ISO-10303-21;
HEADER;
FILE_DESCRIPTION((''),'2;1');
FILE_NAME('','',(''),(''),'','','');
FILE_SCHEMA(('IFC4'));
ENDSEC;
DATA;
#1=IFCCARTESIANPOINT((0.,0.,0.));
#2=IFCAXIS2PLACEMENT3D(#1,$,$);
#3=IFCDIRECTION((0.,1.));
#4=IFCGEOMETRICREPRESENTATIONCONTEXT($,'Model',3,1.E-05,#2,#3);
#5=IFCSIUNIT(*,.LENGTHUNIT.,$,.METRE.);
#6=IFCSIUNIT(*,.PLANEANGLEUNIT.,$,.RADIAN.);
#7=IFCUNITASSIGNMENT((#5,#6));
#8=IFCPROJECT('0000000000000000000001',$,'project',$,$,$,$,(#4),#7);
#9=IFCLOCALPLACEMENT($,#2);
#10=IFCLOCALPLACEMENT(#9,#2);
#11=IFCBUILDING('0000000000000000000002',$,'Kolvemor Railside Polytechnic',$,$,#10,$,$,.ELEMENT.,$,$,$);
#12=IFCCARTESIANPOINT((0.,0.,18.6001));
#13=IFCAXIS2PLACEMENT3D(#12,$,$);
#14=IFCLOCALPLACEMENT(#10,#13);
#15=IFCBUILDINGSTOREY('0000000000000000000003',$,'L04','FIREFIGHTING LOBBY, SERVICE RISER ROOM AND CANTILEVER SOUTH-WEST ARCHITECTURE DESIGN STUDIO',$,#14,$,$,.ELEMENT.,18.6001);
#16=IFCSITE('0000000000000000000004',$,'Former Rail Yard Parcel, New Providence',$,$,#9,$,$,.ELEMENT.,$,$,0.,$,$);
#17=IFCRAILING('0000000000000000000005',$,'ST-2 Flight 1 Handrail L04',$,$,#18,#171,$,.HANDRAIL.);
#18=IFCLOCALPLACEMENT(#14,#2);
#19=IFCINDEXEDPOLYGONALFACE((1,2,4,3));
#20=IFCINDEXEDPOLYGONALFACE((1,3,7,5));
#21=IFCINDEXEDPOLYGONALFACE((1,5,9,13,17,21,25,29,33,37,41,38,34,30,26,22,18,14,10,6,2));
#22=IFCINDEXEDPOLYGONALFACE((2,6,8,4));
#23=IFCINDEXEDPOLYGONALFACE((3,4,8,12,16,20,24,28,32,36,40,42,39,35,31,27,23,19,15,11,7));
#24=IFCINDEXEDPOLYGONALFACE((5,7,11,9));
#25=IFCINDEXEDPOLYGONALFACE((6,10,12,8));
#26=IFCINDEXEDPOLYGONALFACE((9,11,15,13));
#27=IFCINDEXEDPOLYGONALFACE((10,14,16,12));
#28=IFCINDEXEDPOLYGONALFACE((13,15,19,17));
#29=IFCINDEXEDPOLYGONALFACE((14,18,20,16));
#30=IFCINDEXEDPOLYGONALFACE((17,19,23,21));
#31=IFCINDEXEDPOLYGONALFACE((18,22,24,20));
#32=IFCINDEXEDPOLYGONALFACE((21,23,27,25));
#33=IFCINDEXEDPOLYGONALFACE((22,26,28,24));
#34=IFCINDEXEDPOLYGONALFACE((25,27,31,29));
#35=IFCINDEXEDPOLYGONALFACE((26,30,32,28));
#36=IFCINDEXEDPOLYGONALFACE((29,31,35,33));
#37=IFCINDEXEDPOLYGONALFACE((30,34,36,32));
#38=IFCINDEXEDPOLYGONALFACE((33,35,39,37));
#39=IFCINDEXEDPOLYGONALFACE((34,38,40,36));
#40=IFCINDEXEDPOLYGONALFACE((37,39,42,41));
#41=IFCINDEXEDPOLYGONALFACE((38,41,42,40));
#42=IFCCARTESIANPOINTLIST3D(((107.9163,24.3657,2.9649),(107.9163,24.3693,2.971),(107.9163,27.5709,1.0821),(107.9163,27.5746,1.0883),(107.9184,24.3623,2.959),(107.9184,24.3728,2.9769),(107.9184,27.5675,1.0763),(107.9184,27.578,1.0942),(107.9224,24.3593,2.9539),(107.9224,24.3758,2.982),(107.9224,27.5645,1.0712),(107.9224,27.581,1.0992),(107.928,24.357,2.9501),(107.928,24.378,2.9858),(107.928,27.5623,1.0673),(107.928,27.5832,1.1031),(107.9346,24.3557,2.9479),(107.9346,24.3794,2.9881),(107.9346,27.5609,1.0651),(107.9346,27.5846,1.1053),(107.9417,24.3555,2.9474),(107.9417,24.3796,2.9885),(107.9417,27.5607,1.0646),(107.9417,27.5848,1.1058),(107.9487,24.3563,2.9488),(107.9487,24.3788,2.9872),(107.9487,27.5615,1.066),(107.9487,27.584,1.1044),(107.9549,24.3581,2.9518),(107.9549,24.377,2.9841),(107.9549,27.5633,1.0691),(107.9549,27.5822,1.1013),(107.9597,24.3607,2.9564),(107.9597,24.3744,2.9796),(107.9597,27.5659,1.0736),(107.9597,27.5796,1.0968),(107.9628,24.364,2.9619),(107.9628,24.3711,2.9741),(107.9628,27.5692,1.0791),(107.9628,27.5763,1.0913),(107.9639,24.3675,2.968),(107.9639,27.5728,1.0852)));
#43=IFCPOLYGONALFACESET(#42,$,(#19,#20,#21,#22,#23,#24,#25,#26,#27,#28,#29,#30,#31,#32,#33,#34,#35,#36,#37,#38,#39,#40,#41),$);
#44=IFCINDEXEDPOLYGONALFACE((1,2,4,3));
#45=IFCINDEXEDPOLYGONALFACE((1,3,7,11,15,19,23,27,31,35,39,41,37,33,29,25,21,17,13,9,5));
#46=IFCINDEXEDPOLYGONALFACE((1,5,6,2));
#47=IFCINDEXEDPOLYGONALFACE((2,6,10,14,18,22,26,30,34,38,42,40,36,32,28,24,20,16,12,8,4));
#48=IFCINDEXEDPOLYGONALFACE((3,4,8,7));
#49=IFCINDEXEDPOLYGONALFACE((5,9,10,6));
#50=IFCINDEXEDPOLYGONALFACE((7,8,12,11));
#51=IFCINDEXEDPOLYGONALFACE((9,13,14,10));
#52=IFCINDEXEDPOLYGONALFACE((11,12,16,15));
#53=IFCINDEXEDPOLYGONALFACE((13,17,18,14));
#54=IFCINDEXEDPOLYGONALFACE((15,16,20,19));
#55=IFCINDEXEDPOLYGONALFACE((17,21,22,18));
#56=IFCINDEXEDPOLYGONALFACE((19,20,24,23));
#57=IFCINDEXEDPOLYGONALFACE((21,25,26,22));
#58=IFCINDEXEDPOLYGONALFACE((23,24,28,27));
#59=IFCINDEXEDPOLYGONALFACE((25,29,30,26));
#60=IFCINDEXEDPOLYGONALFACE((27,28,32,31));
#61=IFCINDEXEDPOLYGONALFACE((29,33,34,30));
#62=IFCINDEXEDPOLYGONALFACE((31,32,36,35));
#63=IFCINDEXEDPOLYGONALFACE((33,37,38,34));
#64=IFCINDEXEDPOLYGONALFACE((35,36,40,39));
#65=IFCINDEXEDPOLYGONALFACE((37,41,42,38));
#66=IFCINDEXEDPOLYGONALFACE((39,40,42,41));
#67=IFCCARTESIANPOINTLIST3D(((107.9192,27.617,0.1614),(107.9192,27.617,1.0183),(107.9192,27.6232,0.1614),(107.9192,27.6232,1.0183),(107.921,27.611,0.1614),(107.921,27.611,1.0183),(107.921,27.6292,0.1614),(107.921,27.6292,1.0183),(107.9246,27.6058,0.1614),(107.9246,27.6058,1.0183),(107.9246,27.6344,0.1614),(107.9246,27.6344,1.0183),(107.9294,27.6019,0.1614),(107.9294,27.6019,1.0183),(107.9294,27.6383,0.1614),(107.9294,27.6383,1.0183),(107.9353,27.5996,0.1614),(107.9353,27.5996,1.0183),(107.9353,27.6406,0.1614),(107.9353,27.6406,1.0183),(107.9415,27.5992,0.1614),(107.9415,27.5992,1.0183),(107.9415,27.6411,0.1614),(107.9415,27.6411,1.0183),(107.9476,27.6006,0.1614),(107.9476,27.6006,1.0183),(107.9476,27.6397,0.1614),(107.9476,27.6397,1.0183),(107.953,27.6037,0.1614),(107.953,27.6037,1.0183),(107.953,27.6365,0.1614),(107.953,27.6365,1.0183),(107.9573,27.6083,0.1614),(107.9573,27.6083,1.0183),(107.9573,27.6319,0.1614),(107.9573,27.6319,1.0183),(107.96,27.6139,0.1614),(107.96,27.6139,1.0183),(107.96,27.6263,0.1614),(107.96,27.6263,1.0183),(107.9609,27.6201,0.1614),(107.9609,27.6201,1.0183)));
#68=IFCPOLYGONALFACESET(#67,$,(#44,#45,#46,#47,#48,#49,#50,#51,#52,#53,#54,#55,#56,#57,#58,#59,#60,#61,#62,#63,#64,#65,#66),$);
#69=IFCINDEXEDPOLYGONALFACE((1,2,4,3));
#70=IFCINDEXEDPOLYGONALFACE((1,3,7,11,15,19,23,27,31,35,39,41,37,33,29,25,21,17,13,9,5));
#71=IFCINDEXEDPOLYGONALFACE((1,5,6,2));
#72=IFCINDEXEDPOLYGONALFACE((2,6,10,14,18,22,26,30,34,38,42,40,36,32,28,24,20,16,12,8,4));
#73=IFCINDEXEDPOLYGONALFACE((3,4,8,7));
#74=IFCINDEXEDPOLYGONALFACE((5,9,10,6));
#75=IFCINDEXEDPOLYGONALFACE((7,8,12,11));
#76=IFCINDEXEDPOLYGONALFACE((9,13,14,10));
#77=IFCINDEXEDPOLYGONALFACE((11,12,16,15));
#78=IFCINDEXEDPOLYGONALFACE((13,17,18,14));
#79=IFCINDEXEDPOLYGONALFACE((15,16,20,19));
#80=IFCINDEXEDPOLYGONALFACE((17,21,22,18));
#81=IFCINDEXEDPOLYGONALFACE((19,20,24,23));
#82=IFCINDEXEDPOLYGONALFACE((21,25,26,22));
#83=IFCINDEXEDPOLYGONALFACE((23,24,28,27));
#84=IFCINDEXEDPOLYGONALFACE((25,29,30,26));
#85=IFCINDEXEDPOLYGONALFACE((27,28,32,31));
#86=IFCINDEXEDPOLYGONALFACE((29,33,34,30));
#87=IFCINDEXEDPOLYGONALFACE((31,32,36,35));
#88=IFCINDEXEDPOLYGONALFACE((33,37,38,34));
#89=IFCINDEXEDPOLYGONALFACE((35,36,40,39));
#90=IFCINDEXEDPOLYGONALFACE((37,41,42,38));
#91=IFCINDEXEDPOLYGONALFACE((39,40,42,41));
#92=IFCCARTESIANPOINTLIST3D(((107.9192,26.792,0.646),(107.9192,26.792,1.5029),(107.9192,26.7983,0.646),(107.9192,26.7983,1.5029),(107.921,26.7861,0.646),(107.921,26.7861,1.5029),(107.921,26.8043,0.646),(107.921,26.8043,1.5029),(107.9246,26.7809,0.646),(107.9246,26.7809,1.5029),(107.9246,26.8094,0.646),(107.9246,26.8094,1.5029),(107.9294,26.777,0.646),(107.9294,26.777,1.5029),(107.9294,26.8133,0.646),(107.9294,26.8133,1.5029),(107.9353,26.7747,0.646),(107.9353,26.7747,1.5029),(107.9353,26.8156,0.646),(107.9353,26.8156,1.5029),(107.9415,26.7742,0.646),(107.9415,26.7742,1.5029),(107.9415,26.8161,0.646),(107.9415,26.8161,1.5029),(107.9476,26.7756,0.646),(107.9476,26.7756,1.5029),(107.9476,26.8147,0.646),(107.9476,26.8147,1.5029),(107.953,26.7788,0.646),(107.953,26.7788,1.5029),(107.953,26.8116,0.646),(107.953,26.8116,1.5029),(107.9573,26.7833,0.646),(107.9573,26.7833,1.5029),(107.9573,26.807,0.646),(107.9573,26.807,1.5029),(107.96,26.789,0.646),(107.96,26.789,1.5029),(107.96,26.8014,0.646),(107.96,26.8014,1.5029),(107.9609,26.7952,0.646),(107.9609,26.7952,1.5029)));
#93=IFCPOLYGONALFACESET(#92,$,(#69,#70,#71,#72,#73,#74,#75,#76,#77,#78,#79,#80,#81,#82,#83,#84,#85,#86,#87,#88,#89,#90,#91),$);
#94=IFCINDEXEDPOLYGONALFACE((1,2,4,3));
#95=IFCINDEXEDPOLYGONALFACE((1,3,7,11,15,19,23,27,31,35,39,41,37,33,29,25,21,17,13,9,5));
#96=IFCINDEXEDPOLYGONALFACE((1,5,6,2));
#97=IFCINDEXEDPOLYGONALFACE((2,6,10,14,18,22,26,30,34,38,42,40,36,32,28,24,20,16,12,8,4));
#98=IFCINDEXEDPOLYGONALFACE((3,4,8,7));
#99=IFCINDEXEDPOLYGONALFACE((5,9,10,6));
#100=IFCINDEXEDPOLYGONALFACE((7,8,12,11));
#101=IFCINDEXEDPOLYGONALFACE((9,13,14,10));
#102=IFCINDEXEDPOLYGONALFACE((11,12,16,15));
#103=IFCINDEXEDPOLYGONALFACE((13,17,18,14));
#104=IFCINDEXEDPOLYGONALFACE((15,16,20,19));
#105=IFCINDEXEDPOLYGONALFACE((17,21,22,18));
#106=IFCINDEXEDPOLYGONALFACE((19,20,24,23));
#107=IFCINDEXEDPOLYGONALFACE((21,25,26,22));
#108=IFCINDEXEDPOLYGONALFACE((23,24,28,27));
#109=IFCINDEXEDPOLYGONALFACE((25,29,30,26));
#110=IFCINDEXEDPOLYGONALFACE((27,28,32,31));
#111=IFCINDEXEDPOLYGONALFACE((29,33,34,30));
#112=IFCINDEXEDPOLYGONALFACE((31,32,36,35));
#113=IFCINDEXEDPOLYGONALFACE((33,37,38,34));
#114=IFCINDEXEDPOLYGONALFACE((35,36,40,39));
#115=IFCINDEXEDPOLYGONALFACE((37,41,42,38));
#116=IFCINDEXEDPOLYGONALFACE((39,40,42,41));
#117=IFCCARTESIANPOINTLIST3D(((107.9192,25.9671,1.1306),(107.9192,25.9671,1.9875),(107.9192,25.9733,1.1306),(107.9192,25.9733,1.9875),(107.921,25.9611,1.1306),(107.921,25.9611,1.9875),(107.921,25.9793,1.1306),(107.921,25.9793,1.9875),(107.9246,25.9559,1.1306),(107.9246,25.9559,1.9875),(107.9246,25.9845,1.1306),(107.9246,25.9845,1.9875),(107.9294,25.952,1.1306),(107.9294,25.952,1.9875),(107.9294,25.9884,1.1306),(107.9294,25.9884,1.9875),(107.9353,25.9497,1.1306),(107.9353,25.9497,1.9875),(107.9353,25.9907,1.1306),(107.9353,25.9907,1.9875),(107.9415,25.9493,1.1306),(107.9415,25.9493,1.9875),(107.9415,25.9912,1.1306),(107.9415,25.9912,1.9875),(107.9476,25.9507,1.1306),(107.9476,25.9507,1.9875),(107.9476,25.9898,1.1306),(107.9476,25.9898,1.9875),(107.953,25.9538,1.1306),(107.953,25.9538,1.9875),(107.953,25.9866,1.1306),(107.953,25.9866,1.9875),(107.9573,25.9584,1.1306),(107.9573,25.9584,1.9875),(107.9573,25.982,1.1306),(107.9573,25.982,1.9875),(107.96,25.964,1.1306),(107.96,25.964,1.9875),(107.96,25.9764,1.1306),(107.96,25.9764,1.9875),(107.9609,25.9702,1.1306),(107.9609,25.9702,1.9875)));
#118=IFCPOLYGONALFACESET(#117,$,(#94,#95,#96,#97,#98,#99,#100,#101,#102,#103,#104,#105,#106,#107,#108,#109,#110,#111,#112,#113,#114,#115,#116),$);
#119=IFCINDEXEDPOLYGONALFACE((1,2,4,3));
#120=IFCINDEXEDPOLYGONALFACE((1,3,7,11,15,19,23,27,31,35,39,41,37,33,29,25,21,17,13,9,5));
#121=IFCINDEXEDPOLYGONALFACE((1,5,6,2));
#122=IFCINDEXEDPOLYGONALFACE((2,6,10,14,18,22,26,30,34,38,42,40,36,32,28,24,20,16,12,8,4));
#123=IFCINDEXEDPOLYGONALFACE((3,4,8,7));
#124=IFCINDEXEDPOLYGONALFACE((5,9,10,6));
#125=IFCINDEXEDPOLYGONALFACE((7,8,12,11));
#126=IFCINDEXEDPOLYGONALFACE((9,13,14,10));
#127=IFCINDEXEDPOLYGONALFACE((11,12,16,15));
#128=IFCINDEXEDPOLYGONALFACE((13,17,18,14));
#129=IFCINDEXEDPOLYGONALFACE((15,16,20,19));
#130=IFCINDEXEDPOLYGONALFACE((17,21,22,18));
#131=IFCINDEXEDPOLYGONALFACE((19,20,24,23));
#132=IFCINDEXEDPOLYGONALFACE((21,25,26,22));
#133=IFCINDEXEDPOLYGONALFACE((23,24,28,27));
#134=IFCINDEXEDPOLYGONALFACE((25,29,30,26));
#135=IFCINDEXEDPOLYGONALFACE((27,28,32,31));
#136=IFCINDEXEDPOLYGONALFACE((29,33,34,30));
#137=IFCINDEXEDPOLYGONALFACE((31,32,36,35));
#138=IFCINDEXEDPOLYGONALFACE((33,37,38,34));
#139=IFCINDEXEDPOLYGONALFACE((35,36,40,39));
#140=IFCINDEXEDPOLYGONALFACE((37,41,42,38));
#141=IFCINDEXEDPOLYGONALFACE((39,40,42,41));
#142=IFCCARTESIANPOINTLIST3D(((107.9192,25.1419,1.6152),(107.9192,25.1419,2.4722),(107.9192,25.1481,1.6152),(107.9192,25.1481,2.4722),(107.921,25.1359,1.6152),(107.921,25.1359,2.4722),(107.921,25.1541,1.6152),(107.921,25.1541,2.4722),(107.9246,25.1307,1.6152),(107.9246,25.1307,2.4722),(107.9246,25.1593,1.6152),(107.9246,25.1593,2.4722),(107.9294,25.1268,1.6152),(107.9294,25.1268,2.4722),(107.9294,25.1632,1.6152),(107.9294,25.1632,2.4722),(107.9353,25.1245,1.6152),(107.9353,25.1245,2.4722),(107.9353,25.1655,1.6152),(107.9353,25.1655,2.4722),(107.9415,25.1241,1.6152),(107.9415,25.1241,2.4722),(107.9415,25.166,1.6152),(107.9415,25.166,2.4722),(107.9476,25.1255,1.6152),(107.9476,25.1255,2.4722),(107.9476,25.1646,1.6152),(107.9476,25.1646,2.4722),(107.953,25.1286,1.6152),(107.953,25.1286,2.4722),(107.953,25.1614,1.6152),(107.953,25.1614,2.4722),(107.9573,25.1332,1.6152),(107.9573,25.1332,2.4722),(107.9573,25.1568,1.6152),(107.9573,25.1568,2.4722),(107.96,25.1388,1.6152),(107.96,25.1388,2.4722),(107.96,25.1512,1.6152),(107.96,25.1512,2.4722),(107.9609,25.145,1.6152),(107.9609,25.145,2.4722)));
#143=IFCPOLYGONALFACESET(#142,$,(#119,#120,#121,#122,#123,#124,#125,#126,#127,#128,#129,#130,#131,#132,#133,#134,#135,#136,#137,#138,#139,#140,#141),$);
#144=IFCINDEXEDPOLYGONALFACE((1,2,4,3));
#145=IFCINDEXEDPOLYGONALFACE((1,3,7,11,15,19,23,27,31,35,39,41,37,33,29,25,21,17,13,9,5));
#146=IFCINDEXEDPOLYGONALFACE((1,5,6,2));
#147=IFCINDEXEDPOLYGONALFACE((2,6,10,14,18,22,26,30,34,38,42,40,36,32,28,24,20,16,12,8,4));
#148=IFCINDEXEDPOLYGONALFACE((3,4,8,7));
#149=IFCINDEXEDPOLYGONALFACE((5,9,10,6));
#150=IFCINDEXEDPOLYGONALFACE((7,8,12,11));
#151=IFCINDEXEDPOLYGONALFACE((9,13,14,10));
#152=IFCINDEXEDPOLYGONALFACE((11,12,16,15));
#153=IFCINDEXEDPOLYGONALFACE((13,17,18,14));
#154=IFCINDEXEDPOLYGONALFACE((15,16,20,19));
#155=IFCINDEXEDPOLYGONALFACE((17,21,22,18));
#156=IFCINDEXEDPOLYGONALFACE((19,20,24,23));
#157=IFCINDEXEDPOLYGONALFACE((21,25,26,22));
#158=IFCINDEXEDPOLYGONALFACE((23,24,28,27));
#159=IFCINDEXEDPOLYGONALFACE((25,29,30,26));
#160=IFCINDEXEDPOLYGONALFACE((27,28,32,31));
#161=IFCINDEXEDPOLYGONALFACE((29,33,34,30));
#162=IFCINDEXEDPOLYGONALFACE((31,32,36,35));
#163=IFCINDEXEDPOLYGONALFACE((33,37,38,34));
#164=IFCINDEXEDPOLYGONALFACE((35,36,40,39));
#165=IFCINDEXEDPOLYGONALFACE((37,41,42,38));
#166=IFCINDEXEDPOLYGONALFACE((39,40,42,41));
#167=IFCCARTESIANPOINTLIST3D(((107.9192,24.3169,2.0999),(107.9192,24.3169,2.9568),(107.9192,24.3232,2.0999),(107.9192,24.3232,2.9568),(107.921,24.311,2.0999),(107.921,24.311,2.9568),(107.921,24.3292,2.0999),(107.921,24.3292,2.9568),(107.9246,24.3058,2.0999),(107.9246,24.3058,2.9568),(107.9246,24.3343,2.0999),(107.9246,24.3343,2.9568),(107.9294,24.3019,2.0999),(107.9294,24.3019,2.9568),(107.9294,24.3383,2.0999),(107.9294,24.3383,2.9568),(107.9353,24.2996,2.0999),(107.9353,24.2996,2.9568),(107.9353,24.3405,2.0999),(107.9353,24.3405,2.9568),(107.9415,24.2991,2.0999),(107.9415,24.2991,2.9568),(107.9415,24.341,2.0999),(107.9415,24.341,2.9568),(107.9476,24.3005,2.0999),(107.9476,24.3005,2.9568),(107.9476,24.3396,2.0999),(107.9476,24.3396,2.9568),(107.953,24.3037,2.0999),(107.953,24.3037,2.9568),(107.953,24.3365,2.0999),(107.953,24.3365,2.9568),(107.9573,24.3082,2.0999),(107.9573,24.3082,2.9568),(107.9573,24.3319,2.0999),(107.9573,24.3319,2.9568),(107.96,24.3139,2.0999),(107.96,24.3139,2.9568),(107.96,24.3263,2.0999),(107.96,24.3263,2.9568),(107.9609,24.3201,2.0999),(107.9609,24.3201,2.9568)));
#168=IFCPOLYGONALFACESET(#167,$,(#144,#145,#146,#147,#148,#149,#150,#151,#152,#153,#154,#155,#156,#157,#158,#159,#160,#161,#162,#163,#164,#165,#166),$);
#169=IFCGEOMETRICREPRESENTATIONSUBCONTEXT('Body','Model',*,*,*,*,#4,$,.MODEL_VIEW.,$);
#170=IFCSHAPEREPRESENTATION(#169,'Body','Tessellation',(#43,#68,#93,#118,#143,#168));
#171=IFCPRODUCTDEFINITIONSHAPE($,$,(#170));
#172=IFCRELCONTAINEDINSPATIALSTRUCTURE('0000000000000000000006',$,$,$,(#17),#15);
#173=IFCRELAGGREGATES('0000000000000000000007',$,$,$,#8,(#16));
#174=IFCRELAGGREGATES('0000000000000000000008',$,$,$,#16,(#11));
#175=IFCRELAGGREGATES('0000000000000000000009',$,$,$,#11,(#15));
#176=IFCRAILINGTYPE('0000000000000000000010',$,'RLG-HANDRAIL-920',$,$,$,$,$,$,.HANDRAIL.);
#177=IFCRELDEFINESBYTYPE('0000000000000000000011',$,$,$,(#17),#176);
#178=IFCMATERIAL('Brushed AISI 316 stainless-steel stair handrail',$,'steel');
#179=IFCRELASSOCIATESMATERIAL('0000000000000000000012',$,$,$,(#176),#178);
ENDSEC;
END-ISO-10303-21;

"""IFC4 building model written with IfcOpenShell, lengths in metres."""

from ifc_helpers import new_model, si_unit, direction, frame, origin, origin_2d, place, context, subcontext, project, spatial, circle, extrude, material, type_object, element, save


model = new_model("IFC4")

# Units and contexts
model_context = context("Model", 3, precision=1e-05, world=origin(), true_north=direction((0.0, 1.0)))
body_context = subcontext(model_context, "Body", "Model", "MODEL_VIEW")
ifc_project = project(units=[si_unit("LENGTHUNIT", "METRE"), si_unit("PLANEANGLEUNIT", "RADIAN")], contexts=[model_context])

# Site, building, storey
site_placement = place(None, origin())
site = spatial("IfcSite", under=ifc_project, at=site_placement, Name="Former Rail Yard Parcel, New Providence", CompositionType="ELEMENT", RefElevation=0.0)
building_placement = place(site_placement, origin())
building = spatial("IfcBuilding", under=site, at=building_placement, Name="Kolvemor Railside Polytechnic", CompositionType="ELEMENT")
storey_placement = place(building_placement, frame((0.0, 0.0, 18.6001)))
storey = spatial("IfcBuildingStorey", under=building, at=storey_placement, Name="L04", Description="FIREFIGHTING LOBBY, SERVICE RISER ROOM AND CANTILEVER SOUTH-WEST ARCHITECTURE DESIGN STUDIO", CompositionType="ELEMENT", Elevation=18.6001)

# Railing
ifc_material_1 = material(Name="Brushed AISI 316 stainless-steel stair handrail", Category="steel")
railing_type_1 = type_object("IfcRailingType", Name="RLG-HANDRAIL-920", PredefinedType="HANDRAIL", material=ifc_material_1)
railing_1_placement = place(storey_placement, frame((107.9399, 27.6201, 0.1614)))
element("IfcRailing", 1, at=railing_1_placement, inside=storey, type_object=railing_type_1, Name="ST-2 Flight 1 Handrail L04", PredefinedType="HANDRAIL", context=body_context, shape_type="SweptSolid", body=[
    extrude(circle(Radius=0.0239, at=origin_2d()), frame((0.0, -0.0474, 0.9238), z_axis=(0.0, -0.862246, 0.50649), x_axis=(1.0, 0.0, 0.0)), (0.0, 0.0, 1.0), 3.7173),
    extrude(circle(Radius=0.021, at=origin_2d()), origin(), (0.0, 0.0, 1.0), 0.8569),
    extrude(circle(Radius=0.021, at=origin_2d()), frame((0.0, -0.825, 0.4846)), (0.0, 0.0, 1.0), 0.8569),
    extrude(circle(Radius=0.021, at=origin_2d()), frame((0.0, -1.6499, 0.9692)), (0.0, 0.0, 1.0), 0.8569),
    extrude(circle(Radius=0.021, at=origin_2d()), frame((0.0, -2.4751, 1.4539)), (0.0, 0.0, 1.0), 0.8569),
    extrude(circle(Radius=0.021, at=origin_2d()), frame((0.0, -3.3, 1.9385)), (0.0, 0.0, 1.0), 0.8569),
])

save(model, "model.ifc")
